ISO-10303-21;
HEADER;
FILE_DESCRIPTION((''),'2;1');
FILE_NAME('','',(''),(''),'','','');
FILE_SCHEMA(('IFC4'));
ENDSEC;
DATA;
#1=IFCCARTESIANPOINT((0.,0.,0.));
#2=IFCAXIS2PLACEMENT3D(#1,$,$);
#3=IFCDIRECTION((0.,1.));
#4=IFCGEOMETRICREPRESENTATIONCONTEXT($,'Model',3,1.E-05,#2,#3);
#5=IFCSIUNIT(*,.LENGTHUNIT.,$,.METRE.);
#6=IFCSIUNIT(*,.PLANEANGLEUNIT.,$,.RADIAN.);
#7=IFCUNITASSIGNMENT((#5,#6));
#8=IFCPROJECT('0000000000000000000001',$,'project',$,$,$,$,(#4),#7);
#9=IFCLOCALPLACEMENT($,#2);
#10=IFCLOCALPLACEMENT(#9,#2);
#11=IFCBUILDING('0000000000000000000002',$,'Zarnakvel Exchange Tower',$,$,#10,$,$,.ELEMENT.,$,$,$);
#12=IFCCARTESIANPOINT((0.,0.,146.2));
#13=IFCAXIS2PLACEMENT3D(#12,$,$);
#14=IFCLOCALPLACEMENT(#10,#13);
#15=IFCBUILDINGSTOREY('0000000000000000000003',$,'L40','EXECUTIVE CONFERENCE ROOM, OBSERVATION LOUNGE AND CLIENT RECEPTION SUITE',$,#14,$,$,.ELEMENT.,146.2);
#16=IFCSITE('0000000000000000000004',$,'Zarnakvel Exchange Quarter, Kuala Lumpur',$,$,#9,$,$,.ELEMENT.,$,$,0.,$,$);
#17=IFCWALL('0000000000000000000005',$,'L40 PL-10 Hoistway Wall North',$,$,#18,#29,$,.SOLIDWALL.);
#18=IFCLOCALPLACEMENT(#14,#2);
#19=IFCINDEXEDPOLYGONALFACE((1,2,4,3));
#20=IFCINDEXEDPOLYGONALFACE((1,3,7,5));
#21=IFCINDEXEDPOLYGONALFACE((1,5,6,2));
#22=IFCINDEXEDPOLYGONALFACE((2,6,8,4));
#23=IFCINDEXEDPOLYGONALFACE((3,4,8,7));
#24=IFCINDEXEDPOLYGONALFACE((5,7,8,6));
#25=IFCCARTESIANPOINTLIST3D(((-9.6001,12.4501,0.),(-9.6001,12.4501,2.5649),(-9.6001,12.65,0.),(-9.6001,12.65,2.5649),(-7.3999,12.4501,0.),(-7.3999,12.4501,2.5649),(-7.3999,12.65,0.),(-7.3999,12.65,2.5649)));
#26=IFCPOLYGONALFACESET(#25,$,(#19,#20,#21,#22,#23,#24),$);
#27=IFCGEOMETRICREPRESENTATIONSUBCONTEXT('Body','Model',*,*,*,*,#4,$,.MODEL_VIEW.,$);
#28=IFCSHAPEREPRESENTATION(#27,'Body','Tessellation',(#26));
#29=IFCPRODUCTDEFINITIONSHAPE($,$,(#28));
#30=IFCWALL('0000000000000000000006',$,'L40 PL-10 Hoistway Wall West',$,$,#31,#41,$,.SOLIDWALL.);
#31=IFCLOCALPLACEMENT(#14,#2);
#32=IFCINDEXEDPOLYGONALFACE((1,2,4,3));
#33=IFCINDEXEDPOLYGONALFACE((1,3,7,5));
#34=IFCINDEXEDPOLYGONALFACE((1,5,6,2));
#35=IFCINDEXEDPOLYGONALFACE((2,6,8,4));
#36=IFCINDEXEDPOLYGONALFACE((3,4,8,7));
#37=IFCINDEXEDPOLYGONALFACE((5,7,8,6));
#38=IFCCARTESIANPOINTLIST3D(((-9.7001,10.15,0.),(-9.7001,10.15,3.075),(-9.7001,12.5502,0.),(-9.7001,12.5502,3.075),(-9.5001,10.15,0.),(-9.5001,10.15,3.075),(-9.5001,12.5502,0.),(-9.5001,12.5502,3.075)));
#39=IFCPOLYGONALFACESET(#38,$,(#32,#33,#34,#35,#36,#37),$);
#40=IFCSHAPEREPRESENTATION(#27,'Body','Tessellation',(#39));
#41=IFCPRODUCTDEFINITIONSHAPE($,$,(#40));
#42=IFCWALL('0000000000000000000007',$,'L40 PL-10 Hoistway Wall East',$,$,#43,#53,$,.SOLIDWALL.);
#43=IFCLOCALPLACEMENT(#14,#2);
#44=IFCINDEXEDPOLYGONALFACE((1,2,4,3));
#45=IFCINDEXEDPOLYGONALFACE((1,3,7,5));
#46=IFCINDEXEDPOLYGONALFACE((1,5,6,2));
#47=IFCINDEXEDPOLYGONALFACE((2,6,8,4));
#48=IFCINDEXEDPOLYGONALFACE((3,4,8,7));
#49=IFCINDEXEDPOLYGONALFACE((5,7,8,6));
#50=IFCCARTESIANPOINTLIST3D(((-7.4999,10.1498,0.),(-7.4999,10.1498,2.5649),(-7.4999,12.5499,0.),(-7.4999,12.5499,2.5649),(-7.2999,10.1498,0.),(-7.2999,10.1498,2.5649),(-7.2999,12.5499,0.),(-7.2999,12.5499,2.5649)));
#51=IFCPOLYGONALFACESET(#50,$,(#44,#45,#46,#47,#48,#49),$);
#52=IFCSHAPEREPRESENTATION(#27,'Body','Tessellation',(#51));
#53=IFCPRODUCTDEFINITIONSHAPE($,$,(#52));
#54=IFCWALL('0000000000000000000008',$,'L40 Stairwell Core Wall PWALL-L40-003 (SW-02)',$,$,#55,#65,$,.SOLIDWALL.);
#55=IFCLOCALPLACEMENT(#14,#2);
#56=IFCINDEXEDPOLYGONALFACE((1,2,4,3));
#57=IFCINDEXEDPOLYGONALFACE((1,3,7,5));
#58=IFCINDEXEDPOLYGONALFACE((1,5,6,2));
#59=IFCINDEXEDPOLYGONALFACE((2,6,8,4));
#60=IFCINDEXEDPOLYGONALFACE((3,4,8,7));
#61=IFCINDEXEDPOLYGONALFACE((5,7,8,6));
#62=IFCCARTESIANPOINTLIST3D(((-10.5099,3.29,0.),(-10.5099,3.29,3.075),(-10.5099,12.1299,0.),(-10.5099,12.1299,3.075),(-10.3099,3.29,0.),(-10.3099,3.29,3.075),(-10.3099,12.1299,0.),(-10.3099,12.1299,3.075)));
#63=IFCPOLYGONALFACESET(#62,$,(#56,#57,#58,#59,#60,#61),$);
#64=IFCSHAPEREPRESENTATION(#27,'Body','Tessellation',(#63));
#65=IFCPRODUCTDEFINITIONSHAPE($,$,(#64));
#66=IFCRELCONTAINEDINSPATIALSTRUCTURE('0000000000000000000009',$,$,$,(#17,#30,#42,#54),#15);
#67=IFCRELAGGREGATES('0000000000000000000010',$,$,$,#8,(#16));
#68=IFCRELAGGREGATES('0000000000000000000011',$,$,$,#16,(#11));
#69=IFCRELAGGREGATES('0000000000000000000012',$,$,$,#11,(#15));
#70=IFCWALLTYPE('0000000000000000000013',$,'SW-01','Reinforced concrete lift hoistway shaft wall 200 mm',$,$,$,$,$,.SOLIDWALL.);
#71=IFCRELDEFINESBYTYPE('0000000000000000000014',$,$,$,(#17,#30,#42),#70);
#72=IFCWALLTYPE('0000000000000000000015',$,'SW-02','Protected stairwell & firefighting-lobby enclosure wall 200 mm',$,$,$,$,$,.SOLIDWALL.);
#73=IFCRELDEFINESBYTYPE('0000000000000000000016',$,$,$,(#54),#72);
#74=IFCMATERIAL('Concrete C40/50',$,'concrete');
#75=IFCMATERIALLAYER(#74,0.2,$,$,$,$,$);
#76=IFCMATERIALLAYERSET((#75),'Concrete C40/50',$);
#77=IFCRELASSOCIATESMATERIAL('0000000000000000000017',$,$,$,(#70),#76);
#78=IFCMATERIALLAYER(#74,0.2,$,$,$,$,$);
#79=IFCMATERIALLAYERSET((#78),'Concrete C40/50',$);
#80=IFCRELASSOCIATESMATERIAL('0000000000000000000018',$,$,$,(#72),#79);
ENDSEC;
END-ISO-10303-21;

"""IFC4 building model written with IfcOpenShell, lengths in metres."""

from ifc_helpers import new_model, si_unit, direction, frame, frame_2d, origin, place, context, subcontext, project, spatial, rectangle, extrude, material, layer, layer_set, type_object, element, save


model = new_model("IFC4")

# Units and contexts
model_context = context("Model", 3, precision=1e-05, world=origin(), true_north=direction((0.0, 1.0)))
body_context = subcontext(model_context, "Body", "Model", "MODEL_VIEW")
ifc_project = project(units=[si_unit("LENGTHUNIT", "METRE"), si_unit("PLANEANGLEUNIT", "RADIAN")], contexts=[model_context])

# Site, building, storey
site_placement = place(None, origin())
site = spatial("IfcSite", under=ifc_project, at=site_placement, Name="Zarnakvel Exchange Quarter, Kuala Lumpur", CompositionType="ELEMENT", RefElevation=0.0)
building_placement = place(site_placement, origin())
building = spatial("IfcBuilding", under=site, at=building_placement, Name="Zarnakvel Exchange Tower", CompositionType="ELEMENT")
storey_placement = place(building_placement, frame((0.0, 0.0, 146.2)))
storey = spatial("IfcBuildingStorey", under=building, at=storey_placement, Name="L40", Description="EXECUTIVE CONFERENCE ROOM, OBSERVATION LOUNGE AND CLIENT RECEPTION SUITE", CompositionType="ELEMENT", Elevation=146.2)

# Walls
ifc_material_1 = material(Name="Concrete C40/50", Category="concrete")
ifc_layer_1 = layer(ifc_material_1, 0.2)
ifc_layer_set_1 = layer_set([ifc_layer_1], Name="Concrete C40/50")
wall_type_1 = type_object("IfcWallType", Name="SW-01", Description="Reinforced concrete lift hoistway shaft wall 200 mm", PredefinedType="SOLIDWALL", material=ifc_layer_set_1)
for number, where, z_axis, x_axis, name in (
    (1, (-9.6001, 12.55, 0.0), (0.0, 0.0, 1.0), (1.0, 0.0, 0.0), "L40 PL-10 Hoistway Wall North"),
):
    element("IfcWall", number, at=place(storey_placement, frame(where, z_axis=z_axis, x_axis=x_axis)), inside=storey, type_object=wall_type_1, Name=name, PredefinedType="SOLIDWALL", context=body_context, shape_type="SweptSolid", body=[
        extrude(rectangle(XDim=2.2002, YDim=0.2, at=frame_2d((1.1001, 0.0))), origin(), (0.0, 0.0, 1.0), 2.5649),
    ])
wall_1_placement = place(storey_placement, frame((-9.6001, 10.1499, 0.0), z_axis=(0.0, 0.0, 1.0), x_axis=(0.0, 1.0, 0.0)))
element("IfcWall", 2, at=wall_1_placement, inside=storey, type_object=wall_type_1, Name="L40 PL-10 Hoistway Wall West", PredefinedType="SOLIDWALL", context=body_context, shape_type="SweptSolid", body=[
    extrude(rectangle(XDim=2.4001, YDim=0.2, at=frame_2d((1.2002, 0.0))), origin(), (0.0, 0.0, 1.0), 3.075),
])
wall_2_placement = place(storey_placement, frame((-7.3999, 12.55, 0.0), z_axis=(0.0, 0.0, 1.0), x_axis=(0.0, -1.0, 0.0)))
element("IfcWall", 3, at=wall_2_placement, inside=storey, type_object=wall_type_1, Name="L40 PL-10 Hoistway Wall East", PredefinedType="SOLIDWALL", context=body_context, shape_type="SweptSolid", body=[
    extrude(rectangle(XDim=2.4001, YDim=0.2, at=frame_2d((1.2002, 0.0))), origin(), (0.0, 0.0, 1.0), 2.5649),
])
ifc_layer_2 = layer(ifc_material_1, 0.2)
ifc_layer_set_2 = layer_set([ifc_layer_2], Name="Concrete C40/50")
wall_type_2 = type_object("IfcWallType", Name="SW-02", Description="Protected stairwell & firefighting-lobby enclosure wall 200 mm", PredefinedType="SOLIDWALL", material=ifc_layer_set_2)
wall_3_placement = place(storey_placement, frame((-10.4099, 12.1299, 0.0), z_axis=(0.0, 0.0, 1.0), x_axis=(0.0, -1.0, 0.0)))
element("IfcWall", 4, at=wall_3_placement, inside=storey, type_object=wall_type_2, Name="L40 Stairwell Core Wall PWALL-L40-003 (SW-02)", PredefinedType="SOLIDWALL", context=body_context, shape_type="SweptSolid", body=[
    extrude(rectangle(XDim=8.8398, YDim=0.2, at=frame_2d((4.4199, 0.0))), origin(), (0.0, 0.0, 1.0), 3.075),
])

save(model, "model.ifc")
